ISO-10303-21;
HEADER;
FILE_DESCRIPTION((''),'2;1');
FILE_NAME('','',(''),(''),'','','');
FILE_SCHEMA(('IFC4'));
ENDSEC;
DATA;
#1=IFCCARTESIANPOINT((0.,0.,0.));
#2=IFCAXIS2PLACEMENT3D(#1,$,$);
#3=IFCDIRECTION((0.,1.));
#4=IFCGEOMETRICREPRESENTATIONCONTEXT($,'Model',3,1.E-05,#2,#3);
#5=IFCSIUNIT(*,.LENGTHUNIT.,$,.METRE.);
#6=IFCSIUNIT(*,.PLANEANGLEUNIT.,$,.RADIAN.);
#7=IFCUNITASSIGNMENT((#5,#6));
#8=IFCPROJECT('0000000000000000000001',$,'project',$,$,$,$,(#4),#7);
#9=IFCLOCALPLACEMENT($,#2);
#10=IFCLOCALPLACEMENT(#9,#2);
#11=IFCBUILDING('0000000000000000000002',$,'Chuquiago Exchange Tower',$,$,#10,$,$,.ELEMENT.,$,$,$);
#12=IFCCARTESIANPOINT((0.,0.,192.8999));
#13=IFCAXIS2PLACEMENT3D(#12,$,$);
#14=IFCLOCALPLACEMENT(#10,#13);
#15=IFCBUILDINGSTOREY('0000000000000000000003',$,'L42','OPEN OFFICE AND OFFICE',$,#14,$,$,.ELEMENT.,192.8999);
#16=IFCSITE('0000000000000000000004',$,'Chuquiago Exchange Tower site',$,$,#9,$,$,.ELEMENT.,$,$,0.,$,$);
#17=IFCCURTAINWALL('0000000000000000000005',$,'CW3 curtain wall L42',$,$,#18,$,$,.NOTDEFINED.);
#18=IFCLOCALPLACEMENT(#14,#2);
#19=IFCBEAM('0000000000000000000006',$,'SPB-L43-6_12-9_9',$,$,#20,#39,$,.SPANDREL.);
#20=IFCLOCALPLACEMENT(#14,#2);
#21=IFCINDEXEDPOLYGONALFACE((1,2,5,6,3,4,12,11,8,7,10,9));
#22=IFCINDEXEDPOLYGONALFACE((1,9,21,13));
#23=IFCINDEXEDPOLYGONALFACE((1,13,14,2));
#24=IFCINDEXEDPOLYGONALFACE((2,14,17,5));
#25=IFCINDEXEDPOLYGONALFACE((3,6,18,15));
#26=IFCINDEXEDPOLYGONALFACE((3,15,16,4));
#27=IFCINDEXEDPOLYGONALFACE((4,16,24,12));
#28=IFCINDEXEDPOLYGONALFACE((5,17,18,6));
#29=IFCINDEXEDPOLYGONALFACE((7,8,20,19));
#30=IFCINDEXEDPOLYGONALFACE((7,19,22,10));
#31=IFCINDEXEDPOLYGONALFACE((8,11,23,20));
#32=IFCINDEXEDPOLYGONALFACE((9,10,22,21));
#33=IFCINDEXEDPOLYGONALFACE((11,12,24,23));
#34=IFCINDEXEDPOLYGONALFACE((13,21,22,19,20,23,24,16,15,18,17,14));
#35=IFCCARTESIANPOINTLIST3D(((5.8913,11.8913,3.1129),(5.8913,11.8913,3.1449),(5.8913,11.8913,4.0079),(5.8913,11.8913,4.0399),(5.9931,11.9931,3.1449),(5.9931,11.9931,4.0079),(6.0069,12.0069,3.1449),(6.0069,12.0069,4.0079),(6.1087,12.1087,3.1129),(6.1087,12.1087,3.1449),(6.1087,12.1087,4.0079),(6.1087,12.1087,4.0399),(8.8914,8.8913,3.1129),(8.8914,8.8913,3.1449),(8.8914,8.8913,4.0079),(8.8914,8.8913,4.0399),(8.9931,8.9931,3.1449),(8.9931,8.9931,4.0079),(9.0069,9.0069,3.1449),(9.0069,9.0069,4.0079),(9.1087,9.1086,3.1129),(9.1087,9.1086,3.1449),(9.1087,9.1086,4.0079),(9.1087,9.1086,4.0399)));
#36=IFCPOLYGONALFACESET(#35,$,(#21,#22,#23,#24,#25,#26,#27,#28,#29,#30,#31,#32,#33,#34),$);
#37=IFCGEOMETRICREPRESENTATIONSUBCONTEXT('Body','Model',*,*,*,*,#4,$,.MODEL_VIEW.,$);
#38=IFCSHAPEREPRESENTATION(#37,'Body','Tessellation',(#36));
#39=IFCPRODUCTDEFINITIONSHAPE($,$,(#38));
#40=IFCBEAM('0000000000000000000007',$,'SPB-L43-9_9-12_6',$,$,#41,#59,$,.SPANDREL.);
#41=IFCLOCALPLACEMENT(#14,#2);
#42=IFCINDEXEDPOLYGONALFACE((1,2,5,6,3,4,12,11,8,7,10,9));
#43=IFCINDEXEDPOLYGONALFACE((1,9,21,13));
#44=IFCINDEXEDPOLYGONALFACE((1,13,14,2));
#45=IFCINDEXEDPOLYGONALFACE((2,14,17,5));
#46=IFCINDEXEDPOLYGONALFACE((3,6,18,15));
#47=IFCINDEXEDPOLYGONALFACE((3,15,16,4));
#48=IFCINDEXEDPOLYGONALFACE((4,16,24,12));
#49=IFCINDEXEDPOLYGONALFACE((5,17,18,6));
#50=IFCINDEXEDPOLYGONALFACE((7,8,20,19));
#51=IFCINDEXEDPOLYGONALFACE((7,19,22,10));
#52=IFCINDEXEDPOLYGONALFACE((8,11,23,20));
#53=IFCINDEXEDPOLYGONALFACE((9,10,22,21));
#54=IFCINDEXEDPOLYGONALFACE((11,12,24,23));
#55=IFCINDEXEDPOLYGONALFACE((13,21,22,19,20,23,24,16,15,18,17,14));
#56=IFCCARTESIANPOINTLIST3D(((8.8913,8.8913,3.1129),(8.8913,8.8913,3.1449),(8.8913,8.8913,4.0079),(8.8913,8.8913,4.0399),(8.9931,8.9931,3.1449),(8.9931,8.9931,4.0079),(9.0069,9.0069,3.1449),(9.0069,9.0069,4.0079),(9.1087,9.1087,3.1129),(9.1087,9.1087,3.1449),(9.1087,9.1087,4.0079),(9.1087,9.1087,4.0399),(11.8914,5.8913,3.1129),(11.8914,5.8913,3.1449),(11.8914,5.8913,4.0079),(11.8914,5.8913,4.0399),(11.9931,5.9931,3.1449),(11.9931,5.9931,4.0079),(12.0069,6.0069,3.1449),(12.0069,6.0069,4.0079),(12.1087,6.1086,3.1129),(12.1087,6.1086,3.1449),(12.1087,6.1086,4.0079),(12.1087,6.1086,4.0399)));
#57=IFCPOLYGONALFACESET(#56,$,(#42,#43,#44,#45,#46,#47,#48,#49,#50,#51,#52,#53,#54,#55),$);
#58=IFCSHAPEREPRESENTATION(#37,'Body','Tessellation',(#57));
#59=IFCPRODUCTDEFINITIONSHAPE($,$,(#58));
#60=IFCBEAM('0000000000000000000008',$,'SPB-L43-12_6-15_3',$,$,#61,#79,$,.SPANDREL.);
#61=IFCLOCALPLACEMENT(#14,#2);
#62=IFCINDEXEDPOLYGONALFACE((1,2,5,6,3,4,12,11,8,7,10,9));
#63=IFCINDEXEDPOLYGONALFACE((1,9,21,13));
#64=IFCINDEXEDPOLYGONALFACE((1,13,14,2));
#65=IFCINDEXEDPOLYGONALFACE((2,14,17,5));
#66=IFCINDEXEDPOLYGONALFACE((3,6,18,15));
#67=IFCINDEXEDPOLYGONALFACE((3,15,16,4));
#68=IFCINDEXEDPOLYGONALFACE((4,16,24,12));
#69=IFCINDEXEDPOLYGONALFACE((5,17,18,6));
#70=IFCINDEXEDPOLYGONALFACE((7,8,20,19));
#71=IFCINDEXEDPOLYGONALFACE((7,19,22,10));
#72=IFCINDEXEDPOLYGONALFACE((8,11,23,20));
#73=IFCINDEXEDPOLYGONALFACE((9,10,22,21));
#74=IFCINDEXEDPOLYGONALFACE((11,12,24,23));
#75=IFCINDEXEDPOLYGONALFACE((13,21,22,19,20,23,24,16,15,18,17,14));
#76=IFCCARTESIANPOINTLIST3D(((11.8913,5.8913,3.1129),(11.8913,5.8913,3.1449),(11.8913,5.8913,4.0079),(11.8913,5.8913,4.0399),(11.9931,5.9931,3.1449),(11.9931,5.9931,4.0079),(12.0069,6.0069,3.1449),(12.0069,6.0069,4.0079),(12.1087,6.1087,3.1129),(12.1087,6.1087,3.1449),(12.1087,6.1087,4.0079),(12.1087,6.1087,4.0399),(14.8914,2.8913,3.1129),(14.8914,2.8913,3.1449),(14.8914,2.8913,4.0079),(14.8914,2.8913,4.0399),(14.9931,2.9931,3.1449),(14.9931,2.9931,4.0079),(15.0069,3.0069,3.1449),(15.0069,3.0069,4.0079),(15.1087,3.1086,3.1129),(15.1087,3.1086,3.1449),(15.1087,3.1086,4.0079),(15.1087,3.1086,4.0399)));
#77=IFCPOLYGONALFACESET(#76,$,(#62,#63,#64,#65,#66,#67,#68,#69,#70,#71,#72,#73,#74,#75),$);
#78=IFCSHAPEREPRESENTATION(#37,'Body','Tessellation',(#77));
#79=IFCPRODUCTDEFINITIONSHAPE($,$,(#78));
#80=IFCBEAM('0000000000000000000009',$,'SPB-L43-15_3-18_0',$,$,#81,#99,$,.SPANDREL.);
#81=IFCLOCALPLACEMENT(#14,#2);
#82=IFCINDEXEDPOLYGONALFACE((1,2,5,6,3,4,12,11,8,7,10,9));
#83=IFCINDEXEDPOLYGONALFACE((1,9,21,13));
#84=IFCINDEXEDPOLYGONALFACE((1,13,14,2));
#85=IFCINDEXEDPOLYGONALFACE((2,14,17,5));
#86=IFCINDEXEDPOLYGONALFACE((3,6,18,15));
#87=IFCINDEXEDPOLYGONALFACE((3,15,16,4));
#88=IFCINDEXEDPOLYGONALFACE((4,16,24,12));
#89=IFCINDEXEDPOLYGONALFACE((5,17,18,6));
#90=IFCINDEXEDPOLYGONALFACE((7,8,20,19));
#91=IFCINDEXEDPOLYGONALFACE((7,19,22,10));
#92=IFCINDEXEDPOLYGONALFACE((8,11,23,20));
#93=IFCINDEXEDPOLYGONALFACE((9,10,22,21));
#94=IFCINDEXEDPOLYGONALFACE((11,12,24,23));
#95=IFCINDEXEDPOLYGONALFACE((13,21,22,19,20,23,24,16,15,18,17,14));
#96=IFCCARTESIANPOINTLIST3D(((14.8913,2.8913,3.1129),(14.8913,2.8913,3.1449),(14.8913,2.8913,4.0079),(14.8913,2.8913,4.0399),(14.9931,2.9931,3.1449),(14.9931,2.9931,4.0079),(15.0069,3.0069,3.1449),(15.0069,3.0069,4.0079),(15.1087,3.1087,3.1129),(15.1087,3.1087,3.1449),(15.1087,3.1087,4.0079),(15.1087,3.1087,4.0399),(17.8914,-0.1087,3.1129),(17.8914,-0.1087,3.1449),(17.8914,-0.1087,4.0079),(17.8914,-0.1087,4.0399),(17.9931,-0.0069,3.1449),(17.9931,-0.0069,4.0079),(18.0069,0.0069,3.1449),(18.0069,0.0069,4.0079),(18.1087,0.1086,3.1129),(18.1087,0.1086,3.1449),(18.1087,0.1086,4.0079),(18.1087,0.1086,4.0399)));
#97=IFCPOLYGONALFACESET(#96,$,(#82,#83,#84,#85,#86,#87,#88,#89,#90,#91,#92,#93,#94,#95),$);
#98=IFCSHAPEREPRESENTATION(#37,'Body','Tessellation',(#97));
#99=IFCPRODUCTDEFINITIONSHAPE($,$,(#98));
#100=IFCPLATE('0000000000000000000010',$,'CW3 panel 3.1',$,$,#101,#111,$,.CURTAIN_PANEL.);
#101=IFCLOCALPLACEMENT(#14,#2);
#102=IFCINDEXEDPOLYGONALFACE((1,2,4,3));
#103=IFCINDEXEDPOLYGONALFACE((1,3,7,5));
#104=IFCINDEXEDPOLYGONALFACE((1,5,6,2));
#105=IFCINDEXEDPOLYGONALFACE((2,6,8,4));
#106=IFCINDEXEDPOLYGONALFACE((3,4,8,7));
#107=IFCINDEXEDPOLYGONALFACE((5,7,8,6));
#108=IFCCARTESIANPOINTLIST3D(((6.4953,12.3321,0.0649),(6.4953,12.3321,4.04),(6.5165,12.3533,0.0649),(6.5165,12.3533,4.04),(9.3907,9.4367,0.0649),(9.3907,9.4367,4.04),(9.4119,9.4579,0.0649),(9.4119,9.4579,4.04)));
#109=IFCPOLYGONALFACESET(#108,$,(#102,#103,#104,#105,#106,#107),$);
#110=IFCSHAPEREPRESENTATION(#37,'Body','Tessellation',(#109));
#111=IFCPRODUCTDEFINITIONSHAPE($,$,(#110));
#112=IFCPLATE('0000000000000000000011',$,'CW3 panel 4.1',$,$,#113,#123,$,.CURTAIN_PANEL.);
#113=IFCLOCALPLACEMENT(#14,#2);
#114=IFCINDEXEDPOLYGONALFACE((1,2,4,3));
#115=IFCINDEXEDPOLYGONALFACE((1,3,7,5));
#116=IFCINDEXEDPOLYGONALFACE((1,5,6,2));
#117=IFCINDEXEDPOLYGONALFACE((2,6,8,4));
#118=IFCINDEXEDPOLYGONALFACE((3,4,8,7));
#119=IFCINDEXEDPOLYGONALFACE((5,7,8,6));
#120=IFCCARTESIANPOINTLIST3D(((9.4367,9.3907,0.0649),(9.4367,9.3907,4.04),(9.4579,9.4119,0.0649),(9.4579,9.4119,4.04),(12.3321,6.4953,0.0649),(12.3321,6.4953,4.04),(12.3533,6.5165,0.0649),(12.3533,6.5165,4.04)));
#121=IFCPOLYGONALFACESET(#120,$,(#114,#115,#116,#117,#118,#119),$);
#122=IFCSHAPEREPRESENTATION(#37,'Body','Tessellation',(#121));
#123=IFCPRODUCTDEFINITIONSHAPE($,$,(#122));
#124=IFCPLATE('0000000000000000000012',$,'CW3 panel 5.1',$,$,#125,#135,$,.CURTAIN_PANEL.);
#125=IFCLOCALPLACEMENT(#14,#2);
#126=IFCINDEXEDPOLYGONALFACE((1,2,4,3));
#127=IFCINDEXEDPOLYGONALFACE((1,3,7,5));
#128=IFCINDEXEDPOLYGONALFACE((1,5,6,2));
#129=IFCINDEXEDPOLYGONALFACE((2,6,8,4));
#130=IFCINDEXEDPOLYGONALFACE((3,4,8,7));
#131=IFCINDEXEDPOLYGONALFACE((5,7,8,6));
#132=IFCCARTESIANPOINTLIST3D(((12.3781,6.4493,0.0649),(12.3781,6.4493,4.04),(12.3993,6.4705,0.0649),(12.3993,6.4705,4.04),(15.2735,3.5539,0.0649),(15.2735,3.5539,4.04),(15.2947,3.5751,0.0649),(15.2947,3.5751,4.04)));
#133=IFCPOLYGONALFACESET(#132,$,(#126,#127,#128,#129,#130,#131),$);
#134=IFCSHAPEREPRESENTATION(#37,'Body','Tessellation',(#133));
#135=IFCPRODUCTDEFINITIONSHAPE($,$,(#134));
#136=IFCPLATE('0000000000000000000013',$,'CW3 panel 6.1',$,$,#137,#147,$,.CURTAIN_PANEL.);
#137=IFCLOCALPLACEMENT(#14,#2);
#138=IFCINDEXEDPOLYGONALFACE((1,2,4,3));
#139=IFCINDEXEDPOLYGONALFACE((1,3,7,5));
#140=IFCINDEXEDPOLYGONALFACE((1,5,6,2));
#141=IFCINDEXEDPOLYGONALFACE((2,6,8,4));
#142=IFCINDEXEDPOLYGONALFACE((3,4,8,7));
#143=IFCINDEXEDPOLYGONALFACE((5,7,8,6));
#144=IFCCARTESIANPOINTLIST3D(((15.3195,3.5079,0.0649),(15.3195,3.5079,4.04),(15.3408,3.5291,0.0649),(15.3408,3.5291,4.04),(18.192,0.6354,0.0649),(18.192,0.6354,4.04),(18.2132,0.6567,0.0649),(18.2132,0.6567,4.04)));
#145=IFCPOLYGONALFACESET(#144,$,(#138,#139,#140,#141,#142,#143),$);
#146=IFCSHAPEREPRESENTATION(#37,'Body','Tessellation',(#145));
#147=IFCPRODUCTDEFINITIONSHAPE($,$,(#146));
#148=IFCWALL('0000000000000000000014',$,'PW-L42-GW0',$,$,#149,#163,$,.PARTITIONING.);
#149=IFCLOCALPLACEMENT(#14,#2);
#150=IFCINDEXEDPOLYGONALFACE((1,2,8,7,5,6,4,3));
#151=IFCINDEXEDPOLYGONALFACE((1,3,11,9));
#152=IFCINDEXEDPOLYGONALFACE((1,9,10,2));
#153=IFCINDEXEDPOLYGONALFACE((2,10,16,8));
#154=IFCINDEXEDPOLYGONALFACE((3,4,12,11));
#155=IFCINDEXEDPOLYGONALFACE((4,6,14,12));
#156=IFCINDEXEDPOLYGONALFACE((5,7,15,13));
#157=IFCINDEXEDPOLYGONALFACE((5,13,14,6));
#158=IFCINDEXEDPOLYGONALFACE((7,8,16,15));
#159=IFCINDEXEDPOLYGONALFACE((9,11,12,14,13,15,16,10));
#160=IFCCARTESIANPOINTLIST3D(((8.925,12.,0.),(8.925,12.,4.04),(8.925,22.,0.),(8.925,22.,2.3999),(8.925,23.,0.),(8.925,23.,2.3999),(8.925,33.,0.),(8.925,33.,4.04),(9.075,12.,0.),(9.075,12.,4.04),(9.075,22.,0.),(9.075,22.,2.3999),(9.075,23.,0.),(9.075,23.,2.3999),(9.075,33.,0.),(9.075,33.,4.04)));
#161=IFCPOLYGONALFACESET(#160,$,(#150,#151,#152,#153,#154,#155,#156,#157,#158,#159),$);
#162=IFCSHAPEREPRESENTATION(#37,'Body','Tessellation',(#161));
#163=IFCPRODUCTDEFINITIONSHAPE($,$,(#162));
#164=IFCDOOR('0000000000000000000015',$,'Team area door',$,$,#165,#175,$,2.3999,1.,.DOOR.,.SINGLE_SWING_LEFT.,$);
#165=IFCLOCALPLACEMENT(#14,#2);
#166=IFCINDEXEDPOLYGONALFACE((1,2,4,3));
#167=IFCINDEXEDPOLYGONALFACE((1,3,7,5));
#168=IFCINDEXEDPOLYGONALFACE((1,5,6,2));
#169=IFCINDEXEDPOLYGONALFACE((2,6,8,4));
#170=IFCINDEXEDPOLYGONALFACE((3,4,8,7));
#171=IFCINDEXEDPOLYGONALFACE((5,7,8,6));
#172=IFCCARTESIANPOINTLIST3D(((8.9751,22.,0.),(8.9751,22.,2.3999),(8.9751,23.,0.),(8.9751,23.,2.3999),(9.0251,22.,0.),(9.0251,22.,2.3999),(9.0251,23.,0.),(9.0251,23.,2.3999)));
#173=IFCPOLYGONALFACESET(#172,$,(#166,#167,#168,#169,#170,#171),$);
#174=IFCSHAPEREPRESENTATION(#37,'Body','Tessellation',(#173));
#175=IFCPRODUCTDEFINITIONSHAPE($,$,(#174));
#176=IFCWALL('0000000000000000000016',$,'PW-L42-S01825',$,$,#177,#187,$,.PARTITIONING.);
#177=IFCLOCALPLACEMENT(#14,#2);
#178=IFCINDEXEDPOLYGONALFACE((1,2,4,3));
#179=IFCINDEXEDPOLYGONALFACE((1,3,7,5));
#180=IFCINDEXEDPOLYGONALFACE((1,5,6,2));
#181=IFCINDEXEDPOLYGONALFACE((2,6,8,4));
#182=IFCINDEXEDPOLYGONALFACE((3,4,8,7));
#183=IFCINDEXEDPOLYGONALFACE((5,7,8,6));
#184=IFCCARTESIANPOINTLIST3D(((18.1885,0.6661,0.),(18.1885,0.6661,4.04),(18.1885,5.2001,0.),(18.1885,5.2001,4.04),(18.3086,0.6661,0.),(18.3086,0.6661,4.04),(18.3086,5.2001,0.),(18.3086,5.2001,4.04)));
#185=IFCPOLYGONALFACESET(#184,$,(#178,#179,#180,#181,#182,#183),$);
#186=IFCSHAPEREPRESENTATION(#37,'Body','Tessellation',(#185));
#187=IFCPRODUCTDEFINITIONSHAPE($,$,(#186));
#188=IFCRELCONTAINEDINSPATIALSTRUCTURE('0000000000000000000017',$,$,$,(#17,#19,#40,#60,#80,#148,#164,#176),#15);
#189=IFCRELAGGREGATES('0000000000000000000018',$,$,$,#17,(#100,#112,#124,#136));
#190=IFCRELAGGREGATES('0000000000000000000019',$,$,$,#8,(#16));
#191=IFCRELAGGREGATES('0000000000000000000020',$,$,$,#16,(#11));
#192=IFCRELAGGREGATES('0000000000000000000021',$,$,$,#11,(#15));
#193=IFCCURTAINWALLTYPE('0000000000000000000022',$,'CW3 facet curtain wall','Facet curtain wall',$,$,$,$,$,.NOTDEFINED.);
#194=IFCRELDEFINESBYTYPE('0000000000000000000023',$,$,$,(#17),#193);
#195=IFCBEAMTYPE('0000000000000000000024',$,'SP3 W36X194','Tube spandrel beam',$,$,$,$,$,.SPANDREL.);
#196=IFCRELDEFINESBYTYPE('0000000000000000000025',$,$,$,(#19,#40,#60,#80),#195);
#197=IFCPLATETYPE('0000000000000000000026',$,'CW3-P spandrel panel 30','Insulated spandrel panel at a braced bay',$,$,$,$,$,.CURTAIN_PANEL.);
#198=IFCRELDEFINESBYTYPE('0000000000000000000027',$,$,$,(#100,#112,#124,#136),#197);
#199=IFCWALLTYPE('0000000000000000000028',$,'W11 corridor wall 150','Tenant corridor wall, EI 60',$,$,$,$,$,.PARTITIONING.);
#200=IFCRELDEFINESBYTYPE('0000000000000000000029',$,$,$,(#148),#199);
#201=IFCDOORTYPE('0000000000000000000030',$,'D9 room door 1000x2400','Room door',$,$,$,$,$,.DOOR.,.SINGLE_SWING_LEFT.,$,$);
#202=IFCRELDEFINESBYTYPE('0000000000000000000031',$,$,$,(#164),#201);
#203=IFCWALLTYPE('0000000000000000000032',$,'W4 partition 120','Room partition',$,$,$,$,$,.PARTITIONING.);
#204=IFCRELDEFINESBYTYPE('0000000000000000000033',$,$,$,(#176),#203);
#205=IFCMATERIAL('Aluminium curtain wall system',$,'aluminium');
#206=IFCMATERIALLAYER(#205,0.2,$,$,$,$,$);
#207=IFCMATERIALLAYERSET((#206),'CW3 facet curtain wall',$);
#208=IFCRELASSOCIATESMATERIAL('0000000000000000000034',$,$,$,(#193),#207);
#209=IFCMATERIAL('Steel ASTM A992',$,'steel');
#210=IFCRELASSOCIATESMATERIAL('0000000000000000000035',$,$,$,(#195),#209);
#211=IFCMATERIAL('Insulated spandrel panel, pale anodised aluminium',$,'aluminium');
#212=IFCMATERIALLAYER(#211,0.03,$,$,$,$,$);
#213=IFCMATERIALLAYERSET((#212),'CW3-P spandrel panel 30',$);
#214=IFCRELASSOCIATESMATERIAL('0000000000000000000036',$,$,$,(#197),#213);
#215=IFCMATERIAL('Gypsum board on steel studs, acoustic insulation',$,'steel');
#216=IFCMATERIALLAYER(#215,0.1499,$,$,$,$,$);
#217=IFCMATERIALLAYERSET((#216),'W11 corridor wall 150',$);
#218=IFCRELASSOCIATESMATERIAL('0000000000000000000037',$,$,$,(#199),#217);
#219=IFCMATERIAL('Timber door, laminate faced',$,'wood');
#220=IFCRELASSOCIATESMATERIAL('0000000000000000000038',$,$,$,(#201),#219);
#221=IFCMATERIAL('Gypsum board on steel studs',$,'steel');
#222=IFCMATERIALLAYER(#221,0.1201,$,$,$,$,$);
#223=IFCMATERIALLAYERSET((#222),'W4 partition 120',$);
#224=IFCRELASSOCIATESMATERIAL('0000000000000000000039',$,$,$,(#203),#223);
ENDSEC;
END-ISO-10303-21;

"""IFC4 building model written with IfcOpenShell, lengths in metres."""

from ifc_helpers import new_model, si_unit, direction, frame, frame_2d, origin, origin_2d, place, context, subcontext, project, spatial, rectangle, i_section, extrude, material, layer, layer_set, material_profile, profile_set, type_object, element, fill, aggregate, save


model = new_model("IFC4")

# Units and contexts
model_context = context("Model", 3, precision=1e-05, world=origin(), true_north=direction((0.0, 1.0)))
body_context = subcontext(model_context, "Body", "Model", "MODEL_VIEW")
ifc_project = project(units=[si_unit("LENGTHUNIT", "METRE"), si_unit("PLANEANGLEUNIT", "RADIAN")], contexts=[model_context])

# Site, building, storey
site_placement = place(None, origin())
site = spatial("IfcSite", under=ifc_project, at=site_placement, Name="Chuquiago Exchange Tower site", CompositionType="ELEMENT", RefElevation=0.0)
building_placement = place(site_placement, origin())
building = spatial("IfcBuilding", under=site, at=building_placement, Name="Chuquiago Exchange Tower", CompositionType="ELEMENT")
storey_placement = place(building_placement, frame((0.0, 0.0, 192.8999)))
storey = spatial("IfcBuildingStorey", under=building, at=storey_placement, Name="L42", Description="OPEN OFFICE AND OFFICE", CompositionType="ELEMENT", Elevation=192.8999)

# Curtain wall
ifc_material_1 = material(Name="Aluminium curtain wall system", Category="aluminium")
ifc_layer_1 = layer(ifc_material_1, 0.2)
ifc_layer_set_1 = layer_set([ifc_layer_1], Name="CW3 facet curtain wall")
curtain_wall_type = type_object("IfcCurtainWallType", Name="CW3 facet curtain wall", Description="Facet curtain wall", PredefinedType="NOTDEFINED", material=ifc_layer_set_1)
curtain_wall_placement = place(storey_placement, origin())
curtain_wall = element("IfcCurtainWall", 1, at=curtain_wall_placement, inside=storey, type_object=curtain_wall_type, Name="CW3 curtain wall L42", PredefinedType="NOTDEFINED")

# Beams
ifc_material_2 = material(Name="Steel ASTM A992", Category="steel")
ifc_material_profile_1 = material_profile(ifc_material_2, i_section(OverallWidth=0.3074, OverallDepth=0.927, WebThickness=0.0195, FlangeThickness=0.032, at=origin_2d()), Name="W36X194")
ifc_profile_set_1 = profile_set([ifc_material_profile_1], Name="Steel ASTM A992")
beam_type_1 = type_object("IfcBeamType", Name="SP3 W36X194", Description="Tube spandrel beam", PredefinedType="SPANDREL", material=ifc_profile_set_1)
for number, where, z_axis, x_axis, name in (
    (2, (6.0, 12.0, 3.5764), (0.707107, -0.707107, 0.0), (0.707107, 0.707107, 0.0), "SPB-L43-6_12-9_9"),
    (3, (9.0, 9.0, 3.5764), (0.707107, -0.707107, 0.0), (0.707107, 0.707107, 0.0), "SPB-L43-9_9-12_6"),
    (4, (12.0, 6.0, 3.5764), (0.707107, -0.707107, 0.0), (0.707107, 0.707107, 0.0), "SPB-L43-12_6-15_3"),
    (5, (15.0, 3.0, 3.5764), (0.707107, -0.707107, 0.0), (0.707107, 0.707107, 0.0), "SPB-L43-15_3-18_0"),
):
    element("IfcBeam", number, at=place(storey_placement, frame(where, z_axis=z_axis, x_axis=x_axis)), inside=storey, type_object=beam_type_1, Name=name, PredefinedType="SPANDREL", context=body_context, shape_type="SweptSolid", body=[
        extrude(i_section(OverallWidth=0.3074, OverallDepth=0.927, WebThickness=0.0195, FlangeThickness=0.032, at=origin_2d()), origin(), (0.0, 0.0, 1.0), 4.2427),
    ])

# Plates
ifc_material_3 = material(Name="Insulated spandrel panel, pale anodised aluminium", Category="aluminium")
ifc_layer_2 = layer(ifc_material_3, 0.03)
ifc_layer_set_2 = layer_set([ifc_layer_2], Name="CW3-P spandrel panel 30")
plate_type = type_object("IfcPlateType", Name="CW3-P spandrel panel 30", Description="Insulated spandrel panel at a braced bay", PredefinedType="CURTAIN_PANEL", material=ifc_layer_set_2)
plate_1_placement = place(storey_placement, frame((7.9536, 10.895, 0.0649), z_axis=(0.0, 0.0, 1.0), x_axis=(0.707107, -0.707107, 0.0)))
plate_1 = element("IfcPlate", 6, at=plate_1_placement, type_object=plate_type, Name="CW3 panel 3.1", PredefinedType="CURTAIN_PANEL", context=body_context, shape_type="SweptSolid", body=[
    extrude(rectangle(XDim=4.0947, YDim=0.03, at=origin_2d()), origin(), (0.0, 0.0, 1.0), 3.9751),
])
plate_2_placement = place(storey_placement, frame((10.895, 7.9536, 0.0649), z_axis=(0.0, 0.0, 1.0), x_axis=(0.707107, -0.707107, 0.0)))
plate_2 = element("IfcPlate", 7, at=plate_2_placement, type_object=plate_type, Name="CW3 panel 4.1", PredefinedType="CURTAIN_PANEL", context=body_context, shape_type="SweptSolid", body=[
    extrude(rectangle(XDim=4.0947, YDim=0.03, at=origin_2d()), origin(), (0.0, 0.0, 1.0), 3.9751),
])
plate_3_placement = place(storey_placement, frame((13.8364, 5.0122, 0.0649), z_axis=(0.0, 0.0, 1.0), x_axis=(0.707107, -0.707107, 0.0)))
plate_3 = element("IfcPlate", 8, at=plate_3_placement, type_object=plate_type, Name="CW3 panel 5.1", PredefinedType="CURTAIN_PANEL", context=body_context, shape_type="SweptSolid", body=[
    extrude(rectangle(XDim=4.0947, YDim=0.03, at=origin_2d()), origin(), (0.0, 0.0, 1.0), 3.9751),
])
plate_4_placement = place(storey_placement, frame((16.7664, 2.0823, 0.0649), z_axis=(0.0, 0.0, 1.0), x_axis=(0.707107, -0.707107, 0.0)))
plate_4 = element("IfcPlate", 9, at=plate_4_placement, type_object=plate_type, Name="CW3 panel 6.1", PredefinedType="CURTAIN_PANEL", context=body_context, shape_type="SweptSolid", body=[
    extrude(rectangle(XDim=4.0623, YDim=0.03, at=origin_2d()), origin(), (0.0, 0.0, 1.0), 3.9751),
])
aggregate(curtain_wall, [plate_1, plate_2, plate_3, plate_4])

# Wall, opening, door
ifc_material_4 = material(Name="Gypsum board on steel studs, acoustic insulation", Category="steel")
ifc_layer_3 = layer(ifc_material_4, 0.1499)
ifc_layer_set_3 = layer_set([ifc_layer_3], Name="W11 corridor wall 150")
wall_type_1 = type_object("IfcWallType", Name="W11 corridor wall 150", Description="Tenant corridor wall, EI 60", PredefinedType="PARTITIONING", material=ifc_layer_set_3)
wall_1_placement = place(storey_placement, frame((9.0, 12.0, 0.0), z_axis=(0.0, 0.0, 1.0), x_axis=(0.0, 1.0, 0.0)))
wall_1 = element("IfcWall", 10, at=wall_1_placement, inside=storey, type_object=wall_type_1, Name="PW-L42-GW0", PredefinedType="PARTITIONING", context=body_context, shape_type="SweptSolid", body=[
    extrude(rectangle(XDim=21.0, YDim=0.1499, at=frame_2d((10.5, 0.0))), origin(), (0.0, 0.0, 1.0), 4.04),
])
opening_1_placement = place(wall_1_placement, frame((10.0, 0.0, 0.0)))
opening_1 = element("IfcOpeningElement", 11, at=opening_1_placement, cuts=wall_1, PredefinedType="OPENING", context=body_context, shape_type="SweptSolid", body=[
    extrude(rectangle(XDim=1.0, YDim=2.3999, at=frame_2d((0.5, 1.2))), frame((0.0, 0.085, 0.0), z_axis=(0.0, -1.0, 0.0), x_axis=(1.0, 0.0, 0.0)), (0.0, 0.0, 1.0), 0.1699),
])
ifc_material_5 = material(Name="Timber door, laminate faced", Category="wood")
door_type = type_object("IfcDoorType", Name="D9 room door 1000x2400", Description="Room door", OperationType="SINGLE_SWING_LEFT", PredefinedType="DOOR", material=ifc_material_5)
door_1_placement = place(opening_1_placement, origin())
door_1 = element("IfcDoor", 12, at=door_1_placement, inside=storey, type_object=door_type, Name="Team area door", OperationType="SINGLE_SWING_LEFT", OverallHeight=2.3999, OverallWidth=1.0, PredefinedType="DOOR", context=body_context, shape_type="SweptSolid", body=[
    extrude(rectangle(XDim=1.0, YDim=2.3999, at=frame_2d((0.5, 1.2))), frame((0.0, 0.0249, 0.0), z_axis=(0.0, -1.0, 0.0), x_axis=(1.0, 0.0, 0.0)), (0.0, 0.0, 1.0), 0.05),
])
fill(opening_1, door_1)

# Wall
ifc_material_6 = material(Name="Gypsum board on steel studs", Category="steel")
ifc_layer_4 = layer(ifc_material_6, 0.1201)
ifc_layer_set_4 = layer_set([ifc_layer_4], Name="W4 partition 120")
wall_type_2 = type_object("IfcWallType", Name="W4 partition 120", Description="Room partition", PredefinedType="PARTITIONING", material=ifc_layer_set_4)
wall_2_placement = place(storey_placement, frame((18.2485, 0.666, 0.0), z_axis=(0.0, 0.0, 1.0), x_axis=(0.0, 1.0, 0.0)))
element("IfcWall", 13, at=wall_2_placement, inside=storey, type_object=wall_type_2, Name="PW-L42-S01825", PredefinedType="PARTITIONING", context=body_context, shape_type="SweptSolid", body=[
    extrude(rectangle(XDim=4.5339, YDim=0.1201, at=frame_2d((2.2671, 0.0))), origin(), (0.0, 0.0, 1.0), 4.04),
])

save(model, "model.ifc")
